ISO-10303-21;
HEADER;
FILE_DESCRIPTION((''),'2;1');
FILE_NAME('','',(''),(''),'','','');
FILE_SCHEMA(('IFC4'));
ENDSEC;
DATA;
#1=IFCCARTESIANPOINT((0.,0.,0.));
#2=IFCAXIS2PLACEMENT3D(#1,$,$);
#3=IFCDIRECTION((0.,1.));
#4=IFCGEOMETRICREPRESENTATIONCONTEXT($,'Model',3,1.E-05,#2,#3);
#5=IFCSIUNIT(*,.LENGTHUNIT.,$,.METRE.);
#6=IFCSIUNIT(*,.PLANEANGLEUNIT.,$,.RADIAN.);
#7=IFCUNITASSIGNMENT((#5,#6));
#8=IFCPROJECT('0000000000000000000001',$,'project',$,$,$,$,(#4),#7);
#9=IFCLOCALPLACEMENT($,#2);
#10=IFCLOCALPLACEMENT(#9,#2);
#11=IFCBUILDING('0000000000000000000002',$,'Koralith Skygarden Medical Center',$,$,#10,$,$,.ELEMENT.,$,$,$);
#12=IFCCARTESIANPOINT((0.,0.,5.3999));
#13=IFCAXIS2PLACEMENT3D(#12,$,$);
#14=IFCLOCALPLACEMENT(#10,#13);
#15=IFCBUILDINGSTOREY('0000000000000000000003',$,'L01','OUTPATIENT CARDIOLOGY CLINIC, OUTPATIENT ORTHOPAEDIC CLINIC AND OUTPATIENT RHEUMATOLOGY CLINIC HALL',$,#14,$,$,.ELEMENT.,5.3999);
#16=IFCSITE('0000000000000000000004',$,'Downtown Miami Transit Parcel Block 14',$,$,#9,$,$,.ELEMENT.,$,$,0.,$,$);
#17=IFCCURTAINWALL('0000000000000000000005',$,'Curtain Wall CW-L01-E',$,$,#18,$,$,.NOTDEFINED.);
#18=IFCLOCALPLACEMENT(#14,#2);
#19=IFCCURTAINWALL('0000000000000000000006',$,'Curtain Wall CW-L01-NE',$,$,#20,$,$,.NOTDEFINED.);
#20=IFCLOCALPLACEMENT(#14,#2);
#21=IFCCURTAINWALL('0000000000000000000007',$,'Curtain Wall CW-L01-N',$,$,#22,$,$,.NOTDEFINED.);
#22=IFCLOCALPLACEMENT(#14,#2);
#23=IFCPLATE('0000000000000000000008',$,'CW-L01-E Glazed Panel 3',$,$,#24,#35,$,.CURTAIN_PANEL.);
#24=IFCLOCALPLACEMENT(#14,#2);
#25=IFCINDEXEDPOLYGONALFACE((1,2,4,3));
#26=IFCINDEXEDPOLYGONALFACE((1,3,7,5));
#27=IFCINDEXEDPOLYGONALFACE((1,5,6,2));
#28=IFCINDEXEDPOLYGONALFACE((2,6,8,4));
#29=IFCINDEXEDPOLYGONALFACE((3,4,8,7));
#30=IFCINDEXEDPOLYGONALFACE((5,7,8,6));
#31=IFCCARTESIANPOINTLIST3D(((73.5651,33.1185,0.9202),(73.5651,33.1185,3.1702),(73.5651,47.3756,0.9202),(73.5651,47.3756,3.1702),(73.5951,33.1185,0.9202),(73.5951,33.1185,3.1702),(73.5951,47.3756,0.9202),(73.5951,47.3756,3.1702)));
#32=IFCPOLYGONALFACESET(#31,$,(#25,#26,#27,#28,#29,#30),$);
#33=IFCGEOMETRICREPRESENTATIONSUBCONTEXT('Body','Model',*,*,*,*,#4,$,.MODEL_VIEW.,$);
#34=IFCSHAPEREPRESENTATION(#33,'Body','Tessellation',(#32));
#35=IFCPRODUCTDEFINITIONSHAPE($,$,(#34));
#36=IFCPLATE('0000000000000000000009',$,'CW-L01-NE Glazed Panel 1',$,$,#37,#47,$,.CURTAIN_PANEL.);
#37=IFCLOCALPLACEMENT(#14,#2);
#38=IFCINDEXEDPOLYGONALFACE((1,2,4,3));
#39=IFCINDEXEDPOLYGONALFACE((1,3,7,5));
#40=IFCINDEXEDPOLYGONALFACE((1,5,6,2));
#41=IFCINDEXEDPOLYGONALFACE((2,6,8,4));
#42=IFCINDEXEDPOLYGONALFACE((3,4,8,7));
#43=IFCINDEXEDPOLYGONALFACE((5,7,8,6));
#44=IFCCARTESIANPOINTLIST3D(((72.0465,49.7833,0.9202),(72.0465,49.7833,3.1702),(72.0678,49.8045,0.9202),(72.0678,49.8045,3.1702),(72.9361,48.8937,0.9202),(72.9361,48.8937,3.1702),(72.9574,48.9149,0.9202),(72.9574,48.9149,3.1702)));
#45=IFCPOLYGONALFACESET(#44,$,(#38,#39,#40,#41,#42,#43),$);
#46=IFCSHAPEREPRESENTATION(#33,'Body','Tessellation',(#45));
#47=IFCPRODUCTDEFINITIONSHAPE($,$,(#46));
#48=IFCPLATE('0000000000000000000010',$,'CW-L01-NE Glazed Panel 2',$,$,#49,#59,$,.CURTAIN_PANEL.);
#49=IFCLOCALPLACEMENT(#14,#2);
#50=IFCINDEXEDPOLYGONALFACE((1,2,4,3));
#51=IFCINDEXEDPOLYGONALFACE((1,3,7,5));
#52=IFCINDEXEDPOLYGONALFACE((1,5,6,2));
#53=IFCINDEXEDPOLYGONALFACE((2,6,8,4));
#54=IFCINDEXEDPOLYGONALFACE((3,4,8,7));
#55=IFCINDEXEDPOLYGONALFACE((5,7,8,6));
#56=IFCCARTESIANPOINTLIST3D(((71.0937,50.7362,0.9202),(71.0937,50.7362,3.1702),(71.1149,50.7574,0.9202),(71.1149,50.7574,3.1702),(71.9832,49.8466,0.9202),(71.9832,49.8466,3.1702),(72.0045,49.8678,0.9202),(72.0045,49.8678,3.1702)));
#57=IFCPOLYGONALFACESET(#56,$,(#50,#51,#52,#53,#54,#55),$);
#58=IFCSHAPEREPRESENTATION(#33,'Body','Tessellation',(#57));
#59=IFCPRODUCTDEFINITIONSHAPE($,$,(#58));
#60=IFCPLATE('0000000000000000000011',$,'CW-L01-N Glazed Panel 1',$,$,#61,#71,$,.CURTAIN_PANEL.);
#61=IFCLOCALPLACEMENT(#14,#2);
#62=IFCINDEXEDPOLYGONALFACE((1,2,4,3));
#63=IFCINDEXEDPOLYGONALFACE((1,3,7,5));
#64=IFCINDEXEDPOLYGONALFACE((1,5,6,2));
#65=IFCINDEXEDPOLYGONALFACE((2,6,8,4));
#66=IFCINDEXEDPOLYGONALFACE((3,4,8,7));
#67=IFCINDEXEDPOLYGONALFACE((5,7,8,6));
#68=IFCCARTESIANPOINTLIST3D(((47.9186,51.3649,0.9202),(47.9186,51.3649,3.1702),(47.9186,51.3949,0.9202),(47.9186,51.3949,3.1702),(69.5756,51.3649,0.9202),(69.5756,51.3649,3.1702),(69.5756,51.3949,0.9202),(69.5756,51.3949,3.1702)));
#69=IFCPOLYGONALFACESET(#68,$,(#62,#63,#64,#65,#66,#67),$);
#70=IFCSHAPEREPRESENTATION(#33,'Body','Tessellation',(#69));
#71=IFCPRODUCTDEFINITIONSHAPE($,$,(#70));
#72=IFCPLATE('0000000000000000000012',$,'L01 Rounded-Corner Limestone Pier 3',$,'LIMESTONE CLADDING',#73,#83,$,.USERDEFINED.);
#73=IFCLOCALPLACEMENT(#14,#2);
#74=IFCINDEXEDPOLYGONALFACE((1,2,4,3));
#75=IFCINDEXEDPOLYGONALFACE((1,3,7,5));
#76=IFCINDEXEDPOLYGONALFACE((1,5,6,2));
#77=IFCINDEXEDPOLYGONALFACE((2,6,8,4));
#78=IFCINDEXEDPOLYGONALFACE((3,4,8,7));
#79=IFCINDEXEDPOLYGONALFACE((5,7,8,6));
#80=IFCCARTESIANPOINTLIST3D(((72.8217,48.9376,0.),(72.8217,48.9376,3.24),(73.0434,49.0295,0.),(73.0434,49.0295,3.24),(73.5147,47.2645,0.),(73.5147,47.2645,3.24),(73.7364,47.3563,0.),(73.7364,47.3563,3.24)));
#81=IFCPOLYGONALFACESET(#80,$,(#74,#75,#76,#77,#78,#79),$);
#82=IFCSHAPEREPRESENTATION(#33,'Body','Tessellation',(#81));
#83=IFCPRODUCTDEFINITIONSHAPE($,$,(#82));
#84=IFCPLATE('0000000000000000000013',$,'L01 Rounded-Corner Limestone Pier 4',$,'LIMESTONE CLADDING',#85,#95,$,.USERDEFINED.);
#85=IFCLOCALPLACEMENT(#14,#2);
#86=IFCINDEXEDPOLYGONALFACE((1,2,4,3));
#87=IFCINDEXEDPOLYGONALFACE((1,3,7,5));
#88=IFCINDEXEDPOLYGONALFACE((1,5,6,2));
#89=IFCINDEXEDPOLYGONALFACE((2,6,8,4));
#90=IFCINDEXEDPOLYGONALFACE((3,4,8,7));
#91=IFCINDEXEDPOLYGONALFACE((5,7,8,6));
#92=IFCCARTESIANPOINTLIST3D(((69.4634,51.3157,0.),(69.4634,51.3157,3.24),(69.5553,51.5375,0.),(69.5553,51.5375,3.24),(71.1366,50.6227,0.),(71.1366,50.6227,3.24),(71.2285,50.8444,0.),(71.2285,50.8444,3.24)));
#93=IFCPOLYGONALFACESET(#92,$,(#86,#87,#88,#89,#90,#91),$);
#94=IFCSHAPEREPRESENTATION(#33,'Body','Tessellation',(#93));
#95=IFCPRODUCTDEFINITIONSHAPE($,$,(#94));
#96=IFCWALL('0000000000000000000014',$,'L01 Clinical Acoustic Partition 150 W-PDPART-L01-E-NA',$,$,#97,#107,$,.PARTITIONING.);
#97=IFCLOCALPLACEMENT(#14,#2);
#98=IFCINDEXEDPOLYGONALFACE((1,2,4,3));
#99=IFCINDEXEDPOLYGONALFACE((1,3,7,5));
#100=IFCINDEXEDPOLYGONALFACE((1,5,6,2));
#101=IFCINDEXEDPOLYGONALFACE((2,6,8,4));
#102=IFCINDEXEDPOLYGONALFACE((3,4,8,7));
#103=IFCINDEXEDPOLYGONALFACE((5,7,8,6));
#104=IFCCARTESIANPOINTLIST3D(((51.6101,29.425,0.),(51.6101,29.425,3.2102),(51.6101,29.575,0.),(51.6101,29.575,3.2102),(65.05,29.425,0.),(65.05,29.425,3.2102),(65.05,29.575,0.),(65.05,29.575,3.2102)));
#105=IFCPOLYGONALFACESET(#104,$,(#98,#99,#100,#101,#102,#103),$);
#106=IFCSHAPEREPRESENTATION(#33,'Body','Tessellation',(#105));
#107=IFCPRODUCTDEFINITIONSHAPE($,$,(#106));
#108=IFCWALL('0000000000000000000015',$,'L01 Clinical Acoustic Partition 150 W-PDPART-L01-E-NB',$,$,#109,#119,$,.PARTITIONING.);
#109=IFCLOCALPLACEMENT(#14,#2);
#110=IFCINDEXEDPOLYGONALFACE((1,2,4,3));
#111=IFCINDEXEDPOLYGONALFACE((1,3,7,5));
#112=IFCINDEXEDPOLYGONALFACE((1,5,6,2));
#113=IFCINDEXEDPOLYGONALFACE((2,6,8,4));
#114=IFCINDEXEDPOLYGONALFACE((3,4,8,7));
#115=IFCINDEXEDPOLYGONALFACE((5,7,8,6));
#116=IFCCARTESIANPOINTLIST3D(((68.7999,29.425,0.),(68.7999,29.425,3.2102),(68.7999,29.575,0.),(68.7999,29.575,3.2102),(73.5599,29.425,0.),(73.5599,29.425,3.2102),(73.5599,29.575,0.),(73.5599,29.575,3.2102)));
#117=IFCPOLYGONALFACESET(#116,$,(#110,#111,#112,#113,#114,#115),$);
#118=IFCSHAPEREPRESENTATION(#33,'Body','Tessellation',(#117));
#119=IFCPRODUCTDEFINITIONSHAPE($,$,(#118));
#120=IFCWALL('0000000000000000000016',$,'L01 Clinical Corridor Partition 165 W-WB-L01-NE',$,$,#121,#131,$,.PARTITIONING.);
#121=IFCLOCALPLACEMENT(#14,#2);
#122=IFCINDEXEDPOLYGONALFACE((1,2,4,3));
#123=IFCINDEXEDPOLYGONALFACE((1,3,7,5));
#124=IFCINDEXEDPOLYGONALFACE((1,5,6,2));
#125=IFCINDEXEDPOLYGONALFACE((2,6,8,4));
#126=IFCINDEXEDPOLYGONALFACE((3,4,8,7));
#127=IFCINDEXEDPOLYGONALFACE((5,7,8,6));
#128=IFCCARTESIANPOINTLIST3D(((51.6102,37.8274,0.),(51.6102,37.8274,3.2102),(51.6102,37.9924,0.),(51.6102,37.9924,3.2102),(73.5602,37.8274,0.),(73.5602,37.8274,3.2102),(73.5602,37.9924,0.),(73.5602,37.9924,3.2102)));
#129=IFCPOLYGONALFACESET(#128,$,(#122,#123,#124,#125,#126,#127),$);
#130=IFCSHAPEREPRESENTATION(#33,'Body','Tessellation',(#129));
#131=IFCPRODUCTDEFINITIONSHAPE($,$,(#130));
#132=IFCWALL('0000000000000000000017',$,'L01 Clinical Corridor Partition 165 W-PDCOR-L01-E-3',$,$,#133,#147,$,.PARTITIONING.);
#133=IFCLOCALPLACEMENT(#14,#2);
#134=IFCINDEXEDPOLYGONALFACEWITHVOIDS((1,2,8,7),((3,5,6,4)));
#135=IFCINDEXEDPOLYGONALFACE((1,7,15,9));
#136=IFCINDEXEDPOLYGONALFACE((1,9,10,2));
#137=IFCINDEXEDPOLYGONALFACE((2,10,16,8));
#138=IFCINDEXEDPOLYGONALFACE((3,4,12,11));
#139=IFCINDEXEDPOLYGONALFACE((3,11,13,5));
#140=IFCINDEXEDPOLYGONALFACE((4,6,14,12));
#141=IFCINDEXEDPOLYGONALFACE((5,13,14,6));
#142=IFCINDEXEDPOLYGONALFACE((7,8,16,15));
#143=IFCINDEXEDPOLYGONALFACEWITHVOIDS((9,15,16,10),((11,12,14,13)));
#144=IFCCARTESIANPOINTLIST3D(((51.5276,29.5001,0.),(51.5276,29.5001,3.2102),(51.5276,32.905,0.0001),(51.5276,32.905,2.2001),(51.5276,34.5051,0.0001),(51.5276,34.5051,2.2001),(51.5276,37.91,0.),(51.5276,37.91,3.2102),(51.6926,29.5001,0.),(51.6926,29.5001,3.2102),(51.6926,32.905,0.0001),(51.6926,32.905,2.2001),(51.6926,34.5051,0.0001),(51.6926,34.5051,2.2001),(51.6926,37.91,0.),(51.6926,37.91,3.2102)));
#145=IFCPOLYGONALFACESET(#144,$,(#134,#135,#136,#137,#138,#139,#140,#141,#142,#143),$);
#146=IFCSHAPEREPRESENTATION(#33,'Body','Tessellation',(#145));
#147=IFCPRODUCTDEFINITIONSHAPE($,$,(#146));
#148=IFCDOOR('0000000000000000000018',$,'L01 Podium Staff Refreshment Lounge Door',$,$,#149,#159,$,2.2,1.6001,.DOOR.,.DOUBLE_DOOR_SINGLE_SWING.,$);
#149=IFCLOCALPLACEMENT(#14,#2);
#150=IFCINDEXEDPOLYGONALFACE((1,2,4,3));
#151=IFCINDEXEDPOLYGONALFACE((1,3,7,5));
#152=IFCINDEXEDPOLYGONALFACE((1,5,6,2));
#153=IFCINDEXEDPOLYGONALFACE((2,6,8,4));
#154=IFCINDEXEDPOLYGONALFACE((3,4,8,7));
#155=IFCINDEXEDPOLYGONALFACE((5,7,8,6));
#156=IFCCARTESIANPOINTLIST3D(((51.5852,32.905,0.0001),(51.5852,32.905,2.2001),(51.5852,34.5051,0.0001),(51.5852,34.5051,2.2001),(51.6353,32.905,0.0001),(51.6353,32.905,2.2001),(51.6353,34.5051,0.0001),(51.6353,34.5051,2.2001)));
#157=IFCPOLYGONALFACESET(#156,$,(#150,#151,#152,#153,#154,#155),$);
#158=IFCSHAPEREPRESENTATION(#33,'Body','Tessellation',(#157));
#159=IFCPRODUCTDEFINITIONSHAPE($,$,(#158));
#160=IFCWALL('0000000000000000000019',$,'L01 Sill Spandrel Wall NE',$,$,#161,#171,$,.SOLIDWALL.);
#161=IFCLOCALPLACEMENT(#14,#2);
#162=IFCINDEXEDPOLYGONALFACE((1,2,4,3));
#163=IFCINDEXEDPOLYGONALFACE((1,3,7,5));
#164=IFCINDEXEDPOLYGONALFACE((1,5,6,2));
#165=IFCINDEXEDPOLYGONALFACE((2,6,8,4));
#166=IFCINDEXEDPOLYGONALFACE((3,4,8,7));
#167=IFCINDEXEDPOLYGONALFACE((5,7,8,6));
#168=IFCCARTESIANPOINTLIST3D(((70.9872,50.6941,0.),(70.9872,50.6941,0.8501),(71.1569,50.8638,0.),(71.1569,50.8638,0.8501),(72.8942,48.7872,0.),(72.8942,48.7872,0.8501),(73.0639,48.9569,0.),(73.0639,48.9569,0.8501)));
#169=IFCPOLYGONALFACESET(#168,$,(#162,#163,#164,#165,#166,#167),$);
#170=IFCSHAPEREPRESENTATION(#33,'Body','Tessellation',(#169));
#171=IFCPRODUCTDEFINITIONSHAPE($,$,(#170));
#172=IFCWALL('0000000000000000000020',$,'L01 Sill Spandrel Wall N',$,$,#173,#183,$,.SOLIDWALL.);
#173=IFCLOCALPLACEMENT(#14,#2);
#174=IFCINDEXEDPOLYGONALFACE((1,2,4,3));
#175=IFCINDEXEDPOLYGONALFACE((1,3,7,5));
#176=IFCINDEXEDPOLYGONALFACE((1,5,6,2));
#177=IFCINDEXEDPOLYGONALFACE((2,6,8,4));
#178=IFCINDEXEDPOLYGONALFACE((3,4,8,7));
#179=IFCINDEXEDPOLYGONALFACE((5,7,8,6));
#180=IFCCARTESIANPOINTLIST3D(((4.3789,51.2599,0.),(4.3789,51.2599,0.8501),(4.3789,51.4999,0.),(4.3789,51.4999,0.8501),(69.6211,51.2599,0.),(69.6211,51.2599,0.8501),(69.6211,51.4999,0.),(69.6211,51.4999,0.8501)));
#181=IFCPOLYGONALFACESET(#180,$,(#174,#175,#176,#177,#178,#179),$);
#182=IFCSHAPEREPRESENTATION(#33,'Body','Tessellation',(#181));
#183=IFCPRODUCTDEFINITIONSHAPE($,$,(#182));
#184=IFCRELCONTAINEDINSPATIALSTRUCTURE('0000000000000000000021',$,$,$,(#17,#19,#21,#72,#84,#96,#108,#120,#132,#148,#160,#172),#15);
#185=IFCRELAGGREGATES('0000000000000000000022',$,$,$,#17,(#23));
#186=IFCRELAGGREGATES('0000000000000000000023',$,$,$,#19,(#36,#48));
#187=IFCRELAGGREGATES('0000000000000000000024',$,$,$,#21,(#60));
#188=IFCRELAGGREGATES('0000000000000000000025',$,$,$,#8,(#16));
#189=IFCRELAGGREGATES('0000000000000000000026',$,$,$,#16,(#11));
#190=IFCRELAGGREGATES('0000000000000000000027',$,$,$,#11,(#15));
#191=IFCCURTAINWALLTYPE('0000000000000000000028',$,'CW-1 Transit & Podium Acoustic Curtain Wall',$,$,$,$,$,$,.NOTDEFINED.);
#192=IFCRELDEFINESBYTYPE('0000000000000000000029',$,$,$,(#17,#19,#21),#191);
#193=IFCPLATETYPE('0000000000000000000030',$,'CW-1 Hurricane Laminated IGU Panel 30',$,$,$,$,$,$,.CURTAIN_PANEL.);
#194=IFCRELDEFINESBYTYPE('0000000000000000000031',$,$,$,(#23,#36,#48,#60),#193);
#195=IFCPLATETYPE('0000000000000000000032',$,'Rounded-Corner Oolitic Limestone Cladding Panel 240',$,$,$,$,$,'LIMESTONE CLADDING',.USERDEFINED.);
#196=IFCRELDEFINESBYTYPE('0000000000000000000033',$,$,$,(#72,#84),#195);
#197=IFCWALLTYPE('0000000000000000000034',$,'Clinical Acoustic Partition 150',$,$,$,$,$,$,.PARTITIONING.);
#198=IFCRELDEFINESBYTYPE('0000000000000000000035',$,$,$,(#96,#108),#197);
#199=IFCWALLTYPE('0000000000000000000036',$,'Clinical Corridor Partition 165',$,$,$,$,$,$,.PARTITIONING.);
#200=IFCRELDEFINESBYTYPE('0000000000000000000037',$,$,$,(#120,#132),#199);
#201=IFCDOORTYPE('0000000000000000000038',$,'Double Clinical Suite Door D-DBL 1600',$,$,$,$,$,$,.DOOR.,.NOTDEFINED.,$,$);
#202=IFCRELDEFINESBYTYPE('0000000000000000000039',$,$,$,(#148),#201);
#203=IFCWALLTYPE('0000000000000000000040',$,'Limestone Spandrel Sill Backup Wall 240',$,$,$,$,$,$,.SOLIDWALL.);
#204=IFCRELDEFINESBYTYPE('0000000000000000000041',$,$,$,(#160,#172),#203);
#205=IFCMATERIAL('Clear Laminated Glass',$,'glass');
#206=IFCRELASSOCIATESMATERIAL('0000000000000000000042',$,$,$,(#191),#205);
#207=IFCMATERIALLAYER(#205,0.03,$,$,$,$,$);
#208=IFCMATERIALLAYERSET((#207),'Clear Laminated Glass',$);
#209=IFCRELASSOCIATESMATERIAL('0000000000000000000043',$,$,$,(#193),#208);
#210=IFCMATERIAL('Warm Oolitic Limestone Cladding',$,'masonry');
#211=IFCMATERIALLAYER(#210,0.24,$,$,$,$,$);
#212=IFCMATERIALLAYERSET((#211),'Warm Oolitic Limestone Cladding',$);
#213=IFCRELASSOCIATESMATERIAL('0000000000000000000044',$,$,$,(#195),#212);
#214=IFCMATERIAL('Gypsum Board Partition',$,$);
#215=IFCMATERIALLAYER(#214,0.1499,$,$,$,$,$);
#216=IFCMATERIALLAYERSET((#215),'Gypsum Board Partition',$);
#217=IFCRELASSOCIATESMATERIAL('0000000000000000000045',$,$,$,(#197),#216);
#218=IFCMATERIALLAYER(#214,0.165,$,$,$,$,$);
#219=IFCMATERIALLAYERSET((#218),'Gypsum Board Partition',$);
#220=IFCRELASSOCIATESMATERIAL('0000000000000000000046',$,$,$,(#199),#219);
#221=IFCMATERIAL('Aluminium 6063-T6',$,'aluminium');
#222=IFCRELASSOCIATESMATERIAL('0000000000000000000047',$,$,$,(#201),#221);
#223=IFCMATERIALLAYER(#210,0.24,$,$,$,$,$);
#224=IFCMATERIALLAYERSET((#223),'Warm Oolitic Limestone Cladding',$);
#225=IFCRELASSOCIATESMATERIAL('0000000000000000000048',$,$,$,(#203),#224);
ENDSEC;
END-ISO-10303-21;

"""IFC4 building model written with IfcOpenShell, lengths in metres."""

from ifc_helpers import new_model, si_unit, direction, frame, frame_2d, origin, origin_2d, place, context, subcontext, project, spatial, rectangle, extrude, material, layer, layer_set, type_object, element, fill, aggregate, save


model = new_model("IFC4")

# Units and contexts
model_context = context("Model", 3, precision=1e-05, world=origin(), true_north=direction((0.0, 1.0)))
body_context = subcontext(model_context, "Body", "Model", "MODEL_VIEW")
ifc_project = project(units=[si_unit("LENGTHUNIT", "METRE"), si_unit("PLANEANGLEUNIT", "RADIAN")], contexts=[model_context])

# Site, building, storey
site_placement = place(None, origin())
site = spatial("IfcSite", under=ifc_project, at=site_placement, Name="Downtown Miami Transit Parcel Block 14", CompositionType="ELEMENT", RefElevation=0.0)
building_placement = place(site_placement, origin())
building = spatial("IfcBuilding", under=site, at=building_placement, Name="Koralith Skygarden Medical Center", CompositionType="ELEMENT")
storey_placement = place(building_placement, frame((0.0, 0.0, 5.3999)))
storey = spatial("IfcBuildingStorey", under=building, at=storey_placement, Name="L01", Description="OUTPATIENT CARDIOLOGY CLINIC, OUTPATIENT ORTHOPAEDIC CLINIC AND OUTPATIENT RHEUMATOLOGY CLINIC HALL", CompositionType="ELEMENT", Elevation=5.3999)

# Curtain walls
ifc_material_1 = material(Name="Clear Laminated Glass", Category="glass")
curtain_wall_type = type_object("IfcCurtainWallType", Name="CW-1 Transit & Podium Acoustic Curtain Wall", PredefinedType="NOTDEFINED", material=ifc_material_1)
curtain_wall_1_placement = place(storey_placement, origin())
curtain_wall_1 = element("IfcCurtainWall", 1, at=curtain_wall_1_placement, inside=storey, type_object=curtain_wall_type, Name="Curtain Wall CW-L01-E", PredefinedType="NOTDEFINED")
ifc_material_2 = material(Name="Aluminium 6063-T6", Category="aluminium")
curtain_wall_2_placement = place(storey_placement, origin())
curtain_wall_2 = element("IfcCurtainWall", 2, at=curtain_wall_2_placement, inside=storey, type_object=curtain_wall_type, Name="Curtain Wall CW-L01-NE", PredefinedType="NOTDEFINED")

# Curtain wall
curtain_wall_3_placement = place(storey_placement, origin())
curtain_wall_3 = element("IfcCurtainWall", 3, at=curtain_wall_3_placement, inside=storey, type_object=curtain_wall_type, Name="Curtain Wall CW-L01-N", PredefinedType="NOTDEFINED")

# Plates
ifc_layer_1 = layer(ifc_material_1, 0.03)
ifc_layer_set_1 = layer_set([ifc_layer_1], Name="Clear Laminated Glass")
plate_type_1 = type_object("IfcPlateType", Name="CW-1 Hurricane Laminated IGU Panel 30", PredefinedType="CURTAIN_PANEL", material=ifc_layer_set_1)
plate_1_placement = place(storey_placement, frame((73.5801, 40.2471, 0.9202), z_axis=(0.0, 0.0, 1.0), x_axis=(0.0, 1.0, 0.0)))
plate_1 = element("IfcPlate", 4, at=plate_1_placement, type_object=plate_type_1, Name="CW-L01-E Glazed Panel 3", PredefinedType="CURTAIN_PANEL", context=body_context, shape_type="SweptSolid", body=[
    extrude(rectangle(XDim=14.2571, YDim=0.03, at=origin_2d()), origin(), (0.0, 0.0, 1.0), 2.25),
])
aggregate(curtain_wall_1, [plate_1])
plate_2_placement = place(storey_placement, frame((72.502, 49.3491, 0.9202), z_axis=(0.0, 0.0, 1.0), x_axis=(-0.707107, 0.707107, 0.0)))
plate_2 = element("IfcPlate", 5, at=plate_2_placement, type_object=plate_type_1, Name="CW-L01-NE Glazed Panel 1", PredefinedType="CURTAIN_PANEL", context=body_context, shape_type="SweptSolid", body=[
    extrude(rectangle(XDim=1.2581, YDim=0.03, at=origin_2d()), origin(), (0.0, 0.0, 1.0), 2.25),
])
plate_3_placement = place(storey_placement, frame((71.5491, 50.302, 0.9202), z_axis=(0.0, 0.0, 1.0), x_axis=(-0.707107, 0.707107, 0.0)))
plate_3 = element("IfcPlate", 6, at=plate_3_placement, type_object=plate_type_1, Name="CW-L01-NE Glazed Panel 2", PredefinedType="CURTAIN_PANEL", context=body_context, shape_type="SweptSolid", body=[
    extrude(rectangle(XDim=1.2581, YDim=0.03, at=origin_2d()), origin(), (0.0, 0.0, 1.0), 2.25),
])
aggregate(curtain_wall_2, [plate_2, plate_3])
plate_4_placement = place(storey_placement, frame((58.7471, 51.3799, 0.9202), z_axis=(0.0, 0.0, 1.0), x_axis=(-1.0, 0.0, 0.0)))
plate_4 = element("IfcPlate", 7, at=plate_4_placement, type_object=plate_type_1, Name="CW-L01-N Glazed Panel 1", PredefinedType="CURTAIN_PANEL", context=body_context, shape_type="SweptSolid", body=[
    extrude(rectangle(XDim=21.657, YDim=0.03, at=origin_2d()), origin(), (0.0, 0.0, 1.0), 2.25),
])
aggregate(curtain_wall_3, [plate_4])

# Plates
ifc_material_3 = material(Name="Warm Oolitic Limestone Cladding", Category="masonry")
ifc_layer_2 = layer(ifc_material_3, 0.24)
ifc_layer_set_2 = layer_set([ifc_layer_2], Name="Warm Oolitic Limestone Cladding")
plate_type_2 = type_object("IfcPlateType", Name="Rounded-Corner Oolitic Limestone Cladding Panel 240", ElementType="LIMESTONE CLADDING", PredefinedType="USERDEFINED", material=ifc_layer_set_2)
for number, where, z_axis, x_axis, name in (
    (8, (73.2791, 48.147, 0.0), (0.0, 0.0, 1.0), (-0.382671, 0.923885, 0.0), "L01 Rounded-Corner Limestone Pier 3"),
    (9, (70.3459, 51.0801, 0.0), (0.0, 0.0, 1.0), (-0.923885, 0.382671, 0.0), "L01 Rounded-Corner Limestone Pier 4"),
):
    element("IfcPlate", number, at=place(storey_placement, frame(where, z_axis=z_axis, x_axis=x_axis)), inside=storey, type_object=plate_type_2, Name=name, ObjectType="LIMESTONE CLADDING", PredefinedType="USERDEFINED", context=body_context, shape_type="SweptSolid", body=[
        extrude(rectangle(XDim=1.811, YDim=0.24, at=origin_2d()), origin(), (0.0, 0.0, 1.0), 3.24),
    ])

# Walls
ifc_material_4 = material(Name="Gypsum Board Partition")
ifc_layer_3 = layer(ifc_material_4, 0.1499)
ifc_layer_set_3 = layer_set([ifc_layer_3], Name="Gypsum Board Partition")
wall_type_1 = type_object("IfcWallType", Name="Clinical Acoustic Partition 150", PredefinedType="PARTITIONING", material=ifc_layer_set_3)
wall_1_placement = place(storey_placement, frame((51.6101, 29.5, 0.0), z_axis=(0.0, 0.0, 1.0), x_axis=(1.0, 0.0, 0.0)))
element("IfcWall", 10, at=wall_1_placement, inside=storey, type_object=wall_type_1, Name="L01 Clinical Acoustic Partition 150 W-PDPART-L01-E-NA", PredefinedType="PARTITIONING", context=body_context, shape_type="SweptSolid", body=[
    extrude(rectangle(XDim=13.4399, YDim=0.1499, at=frame_2d((6.72, 0.0))), origin(), (0.0, 0.0, 1.0), 3.2102),
])
wall_2_placement = place(storey_placement, frame((68.8, 29.5, 0.0), z_axis=(0.0, 0.0, 1.0), x_axis=(1.0, 0.0, 0.0)))
element("IfcWall", 11, at=wall_2_placement, inside=storey, type_object=wall_type_1, Name="L01 Clinical Acoustic Partition 150 W-PDPART-L01-E-NB", PredefinedType="PARTITIONING", context=body_context, shape_type="SweptSolid", body=[
    extrude(rectangle(XDim=4.76, YDim=0.1499, at=frame_2d((2.3799, 0.0))), origin(), (0.0, 0.0, 1.0), 3.2102),
])
ifc_layer_4 = layer(ifc_material_4, 0.165)
ifc_layer_set_4 = layer_set([ifc_layer_4], Name="Gypsum Board Partition")
wall_type_2 = type_object("IfcWallType", Name="Clinical Corridor Partition 165", PredefinedType="PARTITIONING", material=ifc_layer_set_4)
wall_3_placement = place(storey_placement, frame((51.6101, 37.9099, 0.0), z_axis=(0.0, 0.0, 1.0), x_axis=(1.0, 0.0, 0.0)))
element("IfcWall", 12, at=wall_3_placement, inside=storey, type_object=wall_type_2, Name="L01 Clinical Corridor Partition 165 W-WB-L01-NE", PredefinedType="PARTITIONING", context=body_context, shape_type="SweptSolid", body=[
    extrude(rectangle(XDim=21.95, YDim=0.165, at=frame_2d((10.9751, 0.0))), origin(), (0.0, 0.0, 1.0), 3.2102),
])

# Wall, opening, door
wall_4_placement = place(storey_placement, frame((51.6101, 29.5, 0.0), z_axis=(0.0, 0.0, 1.0), x_axis=(0.0, 1.0, 0.0)))
wall_4 = element("IfcWall", 13, at=wall_4_placement, inside=storey, type_object=wall_type_2, Name="L01 Clinical Corridor Partition 165 W-PDCOR-L01-E-3", PredefinedType="PARTITIONING", context=body_context, shape_type="SweptSolid", body=[
    extrude(rectangle(XDim=8.4099, YDim=0.165, at=frame_2d((4.2051, 0.0))), origin(), (0.0, 0.0, 1.0), 3.2102),
])
opening_placement = place(wall_4_placement, frame((3.405, 0.0, 0.0)))
opening = element("IfcOpeningElement", 14, at=opening_placement, cuts=wall_4, PredefinedType="OPENING", context=body_context, shape_type="SweptSolid", body=[
    extrude(rectangle(XDim=1.6001, YDim=2.2, at=frame_2d((0.8, 1.1001))), frame((0.0, 0.0925, 0.0), z_axis=(0.0, -1.0, 0.0), x_axis=(1.0, 0.0, 0.0)), (0.0, 0.0, 1.0), 0.1851),
])
door_type = type_object("IfcDoorType", Name="Double Clinical Suite Door D-DBL 1600", OperationType="NOTDEFINED", PredefinedType="DOOR", material=ifc_material_2)
door_placement = place(opening_placement, origin())
door = element("IfcDoor", 15, at=door_placement, inside=storey, type_object=door_type, Name="L01 Podium Staff Refreshment Lounge Door", OperationType="DOUBLE_DOOR_SINGLE_SWING", OverallHeight=2.2, OverallWidth=1.6001, PredefinedType="DOOR", context=body_context, shape_type="SweptSolid", body=[
    extrude(rectangle(XDim=1.6001, YDim=2.2, at=frame_2d((0.8, 1.1001))), frame((0.0, 0.0249, 0.0), z_axis=(0.0, -1.0, 0.0), x_axis=(1.0, 0.0, 0.0)), (0.0, 0.0, 1.0), 0.05),
])
fill(opening, door)

# Walls
ifc_layer_5 = layer(ifc_material_3, 0.24)
ifc_layer_set_5 = layer_set([ifc_layer_5], Name="Warm Oolitic Limestone Cladding")
wall_type_3 = type_object("IfcWallType", Name="Limestone Spandrel Sill Backup Wall 240", PredefinedType="SOLIDWALL", material=ifc_layer_set_5)
wall_5_placement = place(storey_placement, frame((72.979, 48.8721, 0.0), z_axis=(0.0, 0.0, 1.0), x_axis=(-0.707107, 0.707107, 0.0)))
element("IfcWall", 16, at=wall_5_placement, inside=storey, type_object=wall_type_3, Name="L01 Sill Spandrel Wall NE", PredefinedType="SOLIDWALL", context=body_context, shape_type="SweptSolid", body=[
    extrude(rectangle(XDim=2.6968, YDim=0.24, at=frame_2d((1.3484, 0.0))), origin(), (0.0, 0.0, 1.0), 0.8501),
])
wall_6_placement = place(storey_placement, frame((69.6211, 51.3799, 0.0), z_axis=(0.0, 0.0, 1.0), x_axis=(-1.0, 0.0, 0.0)))
element("IfcWall", 17, at=wall_6_placement, inside=storey, type_object=wall_type_3, Name="L01 Sill Spandrel Wall N", PredefinedType="SOLIDWALL", context=body_context, shape_type="SweptSolid", body=[
    extrude(rectangle(XDim=65.2422, YDim=0.24, at=frame_2d((32.6211, 0.0))), origin(), (0.0, 0.0, 1.0), 0.8501),
])

save(model, "model.ifc")
